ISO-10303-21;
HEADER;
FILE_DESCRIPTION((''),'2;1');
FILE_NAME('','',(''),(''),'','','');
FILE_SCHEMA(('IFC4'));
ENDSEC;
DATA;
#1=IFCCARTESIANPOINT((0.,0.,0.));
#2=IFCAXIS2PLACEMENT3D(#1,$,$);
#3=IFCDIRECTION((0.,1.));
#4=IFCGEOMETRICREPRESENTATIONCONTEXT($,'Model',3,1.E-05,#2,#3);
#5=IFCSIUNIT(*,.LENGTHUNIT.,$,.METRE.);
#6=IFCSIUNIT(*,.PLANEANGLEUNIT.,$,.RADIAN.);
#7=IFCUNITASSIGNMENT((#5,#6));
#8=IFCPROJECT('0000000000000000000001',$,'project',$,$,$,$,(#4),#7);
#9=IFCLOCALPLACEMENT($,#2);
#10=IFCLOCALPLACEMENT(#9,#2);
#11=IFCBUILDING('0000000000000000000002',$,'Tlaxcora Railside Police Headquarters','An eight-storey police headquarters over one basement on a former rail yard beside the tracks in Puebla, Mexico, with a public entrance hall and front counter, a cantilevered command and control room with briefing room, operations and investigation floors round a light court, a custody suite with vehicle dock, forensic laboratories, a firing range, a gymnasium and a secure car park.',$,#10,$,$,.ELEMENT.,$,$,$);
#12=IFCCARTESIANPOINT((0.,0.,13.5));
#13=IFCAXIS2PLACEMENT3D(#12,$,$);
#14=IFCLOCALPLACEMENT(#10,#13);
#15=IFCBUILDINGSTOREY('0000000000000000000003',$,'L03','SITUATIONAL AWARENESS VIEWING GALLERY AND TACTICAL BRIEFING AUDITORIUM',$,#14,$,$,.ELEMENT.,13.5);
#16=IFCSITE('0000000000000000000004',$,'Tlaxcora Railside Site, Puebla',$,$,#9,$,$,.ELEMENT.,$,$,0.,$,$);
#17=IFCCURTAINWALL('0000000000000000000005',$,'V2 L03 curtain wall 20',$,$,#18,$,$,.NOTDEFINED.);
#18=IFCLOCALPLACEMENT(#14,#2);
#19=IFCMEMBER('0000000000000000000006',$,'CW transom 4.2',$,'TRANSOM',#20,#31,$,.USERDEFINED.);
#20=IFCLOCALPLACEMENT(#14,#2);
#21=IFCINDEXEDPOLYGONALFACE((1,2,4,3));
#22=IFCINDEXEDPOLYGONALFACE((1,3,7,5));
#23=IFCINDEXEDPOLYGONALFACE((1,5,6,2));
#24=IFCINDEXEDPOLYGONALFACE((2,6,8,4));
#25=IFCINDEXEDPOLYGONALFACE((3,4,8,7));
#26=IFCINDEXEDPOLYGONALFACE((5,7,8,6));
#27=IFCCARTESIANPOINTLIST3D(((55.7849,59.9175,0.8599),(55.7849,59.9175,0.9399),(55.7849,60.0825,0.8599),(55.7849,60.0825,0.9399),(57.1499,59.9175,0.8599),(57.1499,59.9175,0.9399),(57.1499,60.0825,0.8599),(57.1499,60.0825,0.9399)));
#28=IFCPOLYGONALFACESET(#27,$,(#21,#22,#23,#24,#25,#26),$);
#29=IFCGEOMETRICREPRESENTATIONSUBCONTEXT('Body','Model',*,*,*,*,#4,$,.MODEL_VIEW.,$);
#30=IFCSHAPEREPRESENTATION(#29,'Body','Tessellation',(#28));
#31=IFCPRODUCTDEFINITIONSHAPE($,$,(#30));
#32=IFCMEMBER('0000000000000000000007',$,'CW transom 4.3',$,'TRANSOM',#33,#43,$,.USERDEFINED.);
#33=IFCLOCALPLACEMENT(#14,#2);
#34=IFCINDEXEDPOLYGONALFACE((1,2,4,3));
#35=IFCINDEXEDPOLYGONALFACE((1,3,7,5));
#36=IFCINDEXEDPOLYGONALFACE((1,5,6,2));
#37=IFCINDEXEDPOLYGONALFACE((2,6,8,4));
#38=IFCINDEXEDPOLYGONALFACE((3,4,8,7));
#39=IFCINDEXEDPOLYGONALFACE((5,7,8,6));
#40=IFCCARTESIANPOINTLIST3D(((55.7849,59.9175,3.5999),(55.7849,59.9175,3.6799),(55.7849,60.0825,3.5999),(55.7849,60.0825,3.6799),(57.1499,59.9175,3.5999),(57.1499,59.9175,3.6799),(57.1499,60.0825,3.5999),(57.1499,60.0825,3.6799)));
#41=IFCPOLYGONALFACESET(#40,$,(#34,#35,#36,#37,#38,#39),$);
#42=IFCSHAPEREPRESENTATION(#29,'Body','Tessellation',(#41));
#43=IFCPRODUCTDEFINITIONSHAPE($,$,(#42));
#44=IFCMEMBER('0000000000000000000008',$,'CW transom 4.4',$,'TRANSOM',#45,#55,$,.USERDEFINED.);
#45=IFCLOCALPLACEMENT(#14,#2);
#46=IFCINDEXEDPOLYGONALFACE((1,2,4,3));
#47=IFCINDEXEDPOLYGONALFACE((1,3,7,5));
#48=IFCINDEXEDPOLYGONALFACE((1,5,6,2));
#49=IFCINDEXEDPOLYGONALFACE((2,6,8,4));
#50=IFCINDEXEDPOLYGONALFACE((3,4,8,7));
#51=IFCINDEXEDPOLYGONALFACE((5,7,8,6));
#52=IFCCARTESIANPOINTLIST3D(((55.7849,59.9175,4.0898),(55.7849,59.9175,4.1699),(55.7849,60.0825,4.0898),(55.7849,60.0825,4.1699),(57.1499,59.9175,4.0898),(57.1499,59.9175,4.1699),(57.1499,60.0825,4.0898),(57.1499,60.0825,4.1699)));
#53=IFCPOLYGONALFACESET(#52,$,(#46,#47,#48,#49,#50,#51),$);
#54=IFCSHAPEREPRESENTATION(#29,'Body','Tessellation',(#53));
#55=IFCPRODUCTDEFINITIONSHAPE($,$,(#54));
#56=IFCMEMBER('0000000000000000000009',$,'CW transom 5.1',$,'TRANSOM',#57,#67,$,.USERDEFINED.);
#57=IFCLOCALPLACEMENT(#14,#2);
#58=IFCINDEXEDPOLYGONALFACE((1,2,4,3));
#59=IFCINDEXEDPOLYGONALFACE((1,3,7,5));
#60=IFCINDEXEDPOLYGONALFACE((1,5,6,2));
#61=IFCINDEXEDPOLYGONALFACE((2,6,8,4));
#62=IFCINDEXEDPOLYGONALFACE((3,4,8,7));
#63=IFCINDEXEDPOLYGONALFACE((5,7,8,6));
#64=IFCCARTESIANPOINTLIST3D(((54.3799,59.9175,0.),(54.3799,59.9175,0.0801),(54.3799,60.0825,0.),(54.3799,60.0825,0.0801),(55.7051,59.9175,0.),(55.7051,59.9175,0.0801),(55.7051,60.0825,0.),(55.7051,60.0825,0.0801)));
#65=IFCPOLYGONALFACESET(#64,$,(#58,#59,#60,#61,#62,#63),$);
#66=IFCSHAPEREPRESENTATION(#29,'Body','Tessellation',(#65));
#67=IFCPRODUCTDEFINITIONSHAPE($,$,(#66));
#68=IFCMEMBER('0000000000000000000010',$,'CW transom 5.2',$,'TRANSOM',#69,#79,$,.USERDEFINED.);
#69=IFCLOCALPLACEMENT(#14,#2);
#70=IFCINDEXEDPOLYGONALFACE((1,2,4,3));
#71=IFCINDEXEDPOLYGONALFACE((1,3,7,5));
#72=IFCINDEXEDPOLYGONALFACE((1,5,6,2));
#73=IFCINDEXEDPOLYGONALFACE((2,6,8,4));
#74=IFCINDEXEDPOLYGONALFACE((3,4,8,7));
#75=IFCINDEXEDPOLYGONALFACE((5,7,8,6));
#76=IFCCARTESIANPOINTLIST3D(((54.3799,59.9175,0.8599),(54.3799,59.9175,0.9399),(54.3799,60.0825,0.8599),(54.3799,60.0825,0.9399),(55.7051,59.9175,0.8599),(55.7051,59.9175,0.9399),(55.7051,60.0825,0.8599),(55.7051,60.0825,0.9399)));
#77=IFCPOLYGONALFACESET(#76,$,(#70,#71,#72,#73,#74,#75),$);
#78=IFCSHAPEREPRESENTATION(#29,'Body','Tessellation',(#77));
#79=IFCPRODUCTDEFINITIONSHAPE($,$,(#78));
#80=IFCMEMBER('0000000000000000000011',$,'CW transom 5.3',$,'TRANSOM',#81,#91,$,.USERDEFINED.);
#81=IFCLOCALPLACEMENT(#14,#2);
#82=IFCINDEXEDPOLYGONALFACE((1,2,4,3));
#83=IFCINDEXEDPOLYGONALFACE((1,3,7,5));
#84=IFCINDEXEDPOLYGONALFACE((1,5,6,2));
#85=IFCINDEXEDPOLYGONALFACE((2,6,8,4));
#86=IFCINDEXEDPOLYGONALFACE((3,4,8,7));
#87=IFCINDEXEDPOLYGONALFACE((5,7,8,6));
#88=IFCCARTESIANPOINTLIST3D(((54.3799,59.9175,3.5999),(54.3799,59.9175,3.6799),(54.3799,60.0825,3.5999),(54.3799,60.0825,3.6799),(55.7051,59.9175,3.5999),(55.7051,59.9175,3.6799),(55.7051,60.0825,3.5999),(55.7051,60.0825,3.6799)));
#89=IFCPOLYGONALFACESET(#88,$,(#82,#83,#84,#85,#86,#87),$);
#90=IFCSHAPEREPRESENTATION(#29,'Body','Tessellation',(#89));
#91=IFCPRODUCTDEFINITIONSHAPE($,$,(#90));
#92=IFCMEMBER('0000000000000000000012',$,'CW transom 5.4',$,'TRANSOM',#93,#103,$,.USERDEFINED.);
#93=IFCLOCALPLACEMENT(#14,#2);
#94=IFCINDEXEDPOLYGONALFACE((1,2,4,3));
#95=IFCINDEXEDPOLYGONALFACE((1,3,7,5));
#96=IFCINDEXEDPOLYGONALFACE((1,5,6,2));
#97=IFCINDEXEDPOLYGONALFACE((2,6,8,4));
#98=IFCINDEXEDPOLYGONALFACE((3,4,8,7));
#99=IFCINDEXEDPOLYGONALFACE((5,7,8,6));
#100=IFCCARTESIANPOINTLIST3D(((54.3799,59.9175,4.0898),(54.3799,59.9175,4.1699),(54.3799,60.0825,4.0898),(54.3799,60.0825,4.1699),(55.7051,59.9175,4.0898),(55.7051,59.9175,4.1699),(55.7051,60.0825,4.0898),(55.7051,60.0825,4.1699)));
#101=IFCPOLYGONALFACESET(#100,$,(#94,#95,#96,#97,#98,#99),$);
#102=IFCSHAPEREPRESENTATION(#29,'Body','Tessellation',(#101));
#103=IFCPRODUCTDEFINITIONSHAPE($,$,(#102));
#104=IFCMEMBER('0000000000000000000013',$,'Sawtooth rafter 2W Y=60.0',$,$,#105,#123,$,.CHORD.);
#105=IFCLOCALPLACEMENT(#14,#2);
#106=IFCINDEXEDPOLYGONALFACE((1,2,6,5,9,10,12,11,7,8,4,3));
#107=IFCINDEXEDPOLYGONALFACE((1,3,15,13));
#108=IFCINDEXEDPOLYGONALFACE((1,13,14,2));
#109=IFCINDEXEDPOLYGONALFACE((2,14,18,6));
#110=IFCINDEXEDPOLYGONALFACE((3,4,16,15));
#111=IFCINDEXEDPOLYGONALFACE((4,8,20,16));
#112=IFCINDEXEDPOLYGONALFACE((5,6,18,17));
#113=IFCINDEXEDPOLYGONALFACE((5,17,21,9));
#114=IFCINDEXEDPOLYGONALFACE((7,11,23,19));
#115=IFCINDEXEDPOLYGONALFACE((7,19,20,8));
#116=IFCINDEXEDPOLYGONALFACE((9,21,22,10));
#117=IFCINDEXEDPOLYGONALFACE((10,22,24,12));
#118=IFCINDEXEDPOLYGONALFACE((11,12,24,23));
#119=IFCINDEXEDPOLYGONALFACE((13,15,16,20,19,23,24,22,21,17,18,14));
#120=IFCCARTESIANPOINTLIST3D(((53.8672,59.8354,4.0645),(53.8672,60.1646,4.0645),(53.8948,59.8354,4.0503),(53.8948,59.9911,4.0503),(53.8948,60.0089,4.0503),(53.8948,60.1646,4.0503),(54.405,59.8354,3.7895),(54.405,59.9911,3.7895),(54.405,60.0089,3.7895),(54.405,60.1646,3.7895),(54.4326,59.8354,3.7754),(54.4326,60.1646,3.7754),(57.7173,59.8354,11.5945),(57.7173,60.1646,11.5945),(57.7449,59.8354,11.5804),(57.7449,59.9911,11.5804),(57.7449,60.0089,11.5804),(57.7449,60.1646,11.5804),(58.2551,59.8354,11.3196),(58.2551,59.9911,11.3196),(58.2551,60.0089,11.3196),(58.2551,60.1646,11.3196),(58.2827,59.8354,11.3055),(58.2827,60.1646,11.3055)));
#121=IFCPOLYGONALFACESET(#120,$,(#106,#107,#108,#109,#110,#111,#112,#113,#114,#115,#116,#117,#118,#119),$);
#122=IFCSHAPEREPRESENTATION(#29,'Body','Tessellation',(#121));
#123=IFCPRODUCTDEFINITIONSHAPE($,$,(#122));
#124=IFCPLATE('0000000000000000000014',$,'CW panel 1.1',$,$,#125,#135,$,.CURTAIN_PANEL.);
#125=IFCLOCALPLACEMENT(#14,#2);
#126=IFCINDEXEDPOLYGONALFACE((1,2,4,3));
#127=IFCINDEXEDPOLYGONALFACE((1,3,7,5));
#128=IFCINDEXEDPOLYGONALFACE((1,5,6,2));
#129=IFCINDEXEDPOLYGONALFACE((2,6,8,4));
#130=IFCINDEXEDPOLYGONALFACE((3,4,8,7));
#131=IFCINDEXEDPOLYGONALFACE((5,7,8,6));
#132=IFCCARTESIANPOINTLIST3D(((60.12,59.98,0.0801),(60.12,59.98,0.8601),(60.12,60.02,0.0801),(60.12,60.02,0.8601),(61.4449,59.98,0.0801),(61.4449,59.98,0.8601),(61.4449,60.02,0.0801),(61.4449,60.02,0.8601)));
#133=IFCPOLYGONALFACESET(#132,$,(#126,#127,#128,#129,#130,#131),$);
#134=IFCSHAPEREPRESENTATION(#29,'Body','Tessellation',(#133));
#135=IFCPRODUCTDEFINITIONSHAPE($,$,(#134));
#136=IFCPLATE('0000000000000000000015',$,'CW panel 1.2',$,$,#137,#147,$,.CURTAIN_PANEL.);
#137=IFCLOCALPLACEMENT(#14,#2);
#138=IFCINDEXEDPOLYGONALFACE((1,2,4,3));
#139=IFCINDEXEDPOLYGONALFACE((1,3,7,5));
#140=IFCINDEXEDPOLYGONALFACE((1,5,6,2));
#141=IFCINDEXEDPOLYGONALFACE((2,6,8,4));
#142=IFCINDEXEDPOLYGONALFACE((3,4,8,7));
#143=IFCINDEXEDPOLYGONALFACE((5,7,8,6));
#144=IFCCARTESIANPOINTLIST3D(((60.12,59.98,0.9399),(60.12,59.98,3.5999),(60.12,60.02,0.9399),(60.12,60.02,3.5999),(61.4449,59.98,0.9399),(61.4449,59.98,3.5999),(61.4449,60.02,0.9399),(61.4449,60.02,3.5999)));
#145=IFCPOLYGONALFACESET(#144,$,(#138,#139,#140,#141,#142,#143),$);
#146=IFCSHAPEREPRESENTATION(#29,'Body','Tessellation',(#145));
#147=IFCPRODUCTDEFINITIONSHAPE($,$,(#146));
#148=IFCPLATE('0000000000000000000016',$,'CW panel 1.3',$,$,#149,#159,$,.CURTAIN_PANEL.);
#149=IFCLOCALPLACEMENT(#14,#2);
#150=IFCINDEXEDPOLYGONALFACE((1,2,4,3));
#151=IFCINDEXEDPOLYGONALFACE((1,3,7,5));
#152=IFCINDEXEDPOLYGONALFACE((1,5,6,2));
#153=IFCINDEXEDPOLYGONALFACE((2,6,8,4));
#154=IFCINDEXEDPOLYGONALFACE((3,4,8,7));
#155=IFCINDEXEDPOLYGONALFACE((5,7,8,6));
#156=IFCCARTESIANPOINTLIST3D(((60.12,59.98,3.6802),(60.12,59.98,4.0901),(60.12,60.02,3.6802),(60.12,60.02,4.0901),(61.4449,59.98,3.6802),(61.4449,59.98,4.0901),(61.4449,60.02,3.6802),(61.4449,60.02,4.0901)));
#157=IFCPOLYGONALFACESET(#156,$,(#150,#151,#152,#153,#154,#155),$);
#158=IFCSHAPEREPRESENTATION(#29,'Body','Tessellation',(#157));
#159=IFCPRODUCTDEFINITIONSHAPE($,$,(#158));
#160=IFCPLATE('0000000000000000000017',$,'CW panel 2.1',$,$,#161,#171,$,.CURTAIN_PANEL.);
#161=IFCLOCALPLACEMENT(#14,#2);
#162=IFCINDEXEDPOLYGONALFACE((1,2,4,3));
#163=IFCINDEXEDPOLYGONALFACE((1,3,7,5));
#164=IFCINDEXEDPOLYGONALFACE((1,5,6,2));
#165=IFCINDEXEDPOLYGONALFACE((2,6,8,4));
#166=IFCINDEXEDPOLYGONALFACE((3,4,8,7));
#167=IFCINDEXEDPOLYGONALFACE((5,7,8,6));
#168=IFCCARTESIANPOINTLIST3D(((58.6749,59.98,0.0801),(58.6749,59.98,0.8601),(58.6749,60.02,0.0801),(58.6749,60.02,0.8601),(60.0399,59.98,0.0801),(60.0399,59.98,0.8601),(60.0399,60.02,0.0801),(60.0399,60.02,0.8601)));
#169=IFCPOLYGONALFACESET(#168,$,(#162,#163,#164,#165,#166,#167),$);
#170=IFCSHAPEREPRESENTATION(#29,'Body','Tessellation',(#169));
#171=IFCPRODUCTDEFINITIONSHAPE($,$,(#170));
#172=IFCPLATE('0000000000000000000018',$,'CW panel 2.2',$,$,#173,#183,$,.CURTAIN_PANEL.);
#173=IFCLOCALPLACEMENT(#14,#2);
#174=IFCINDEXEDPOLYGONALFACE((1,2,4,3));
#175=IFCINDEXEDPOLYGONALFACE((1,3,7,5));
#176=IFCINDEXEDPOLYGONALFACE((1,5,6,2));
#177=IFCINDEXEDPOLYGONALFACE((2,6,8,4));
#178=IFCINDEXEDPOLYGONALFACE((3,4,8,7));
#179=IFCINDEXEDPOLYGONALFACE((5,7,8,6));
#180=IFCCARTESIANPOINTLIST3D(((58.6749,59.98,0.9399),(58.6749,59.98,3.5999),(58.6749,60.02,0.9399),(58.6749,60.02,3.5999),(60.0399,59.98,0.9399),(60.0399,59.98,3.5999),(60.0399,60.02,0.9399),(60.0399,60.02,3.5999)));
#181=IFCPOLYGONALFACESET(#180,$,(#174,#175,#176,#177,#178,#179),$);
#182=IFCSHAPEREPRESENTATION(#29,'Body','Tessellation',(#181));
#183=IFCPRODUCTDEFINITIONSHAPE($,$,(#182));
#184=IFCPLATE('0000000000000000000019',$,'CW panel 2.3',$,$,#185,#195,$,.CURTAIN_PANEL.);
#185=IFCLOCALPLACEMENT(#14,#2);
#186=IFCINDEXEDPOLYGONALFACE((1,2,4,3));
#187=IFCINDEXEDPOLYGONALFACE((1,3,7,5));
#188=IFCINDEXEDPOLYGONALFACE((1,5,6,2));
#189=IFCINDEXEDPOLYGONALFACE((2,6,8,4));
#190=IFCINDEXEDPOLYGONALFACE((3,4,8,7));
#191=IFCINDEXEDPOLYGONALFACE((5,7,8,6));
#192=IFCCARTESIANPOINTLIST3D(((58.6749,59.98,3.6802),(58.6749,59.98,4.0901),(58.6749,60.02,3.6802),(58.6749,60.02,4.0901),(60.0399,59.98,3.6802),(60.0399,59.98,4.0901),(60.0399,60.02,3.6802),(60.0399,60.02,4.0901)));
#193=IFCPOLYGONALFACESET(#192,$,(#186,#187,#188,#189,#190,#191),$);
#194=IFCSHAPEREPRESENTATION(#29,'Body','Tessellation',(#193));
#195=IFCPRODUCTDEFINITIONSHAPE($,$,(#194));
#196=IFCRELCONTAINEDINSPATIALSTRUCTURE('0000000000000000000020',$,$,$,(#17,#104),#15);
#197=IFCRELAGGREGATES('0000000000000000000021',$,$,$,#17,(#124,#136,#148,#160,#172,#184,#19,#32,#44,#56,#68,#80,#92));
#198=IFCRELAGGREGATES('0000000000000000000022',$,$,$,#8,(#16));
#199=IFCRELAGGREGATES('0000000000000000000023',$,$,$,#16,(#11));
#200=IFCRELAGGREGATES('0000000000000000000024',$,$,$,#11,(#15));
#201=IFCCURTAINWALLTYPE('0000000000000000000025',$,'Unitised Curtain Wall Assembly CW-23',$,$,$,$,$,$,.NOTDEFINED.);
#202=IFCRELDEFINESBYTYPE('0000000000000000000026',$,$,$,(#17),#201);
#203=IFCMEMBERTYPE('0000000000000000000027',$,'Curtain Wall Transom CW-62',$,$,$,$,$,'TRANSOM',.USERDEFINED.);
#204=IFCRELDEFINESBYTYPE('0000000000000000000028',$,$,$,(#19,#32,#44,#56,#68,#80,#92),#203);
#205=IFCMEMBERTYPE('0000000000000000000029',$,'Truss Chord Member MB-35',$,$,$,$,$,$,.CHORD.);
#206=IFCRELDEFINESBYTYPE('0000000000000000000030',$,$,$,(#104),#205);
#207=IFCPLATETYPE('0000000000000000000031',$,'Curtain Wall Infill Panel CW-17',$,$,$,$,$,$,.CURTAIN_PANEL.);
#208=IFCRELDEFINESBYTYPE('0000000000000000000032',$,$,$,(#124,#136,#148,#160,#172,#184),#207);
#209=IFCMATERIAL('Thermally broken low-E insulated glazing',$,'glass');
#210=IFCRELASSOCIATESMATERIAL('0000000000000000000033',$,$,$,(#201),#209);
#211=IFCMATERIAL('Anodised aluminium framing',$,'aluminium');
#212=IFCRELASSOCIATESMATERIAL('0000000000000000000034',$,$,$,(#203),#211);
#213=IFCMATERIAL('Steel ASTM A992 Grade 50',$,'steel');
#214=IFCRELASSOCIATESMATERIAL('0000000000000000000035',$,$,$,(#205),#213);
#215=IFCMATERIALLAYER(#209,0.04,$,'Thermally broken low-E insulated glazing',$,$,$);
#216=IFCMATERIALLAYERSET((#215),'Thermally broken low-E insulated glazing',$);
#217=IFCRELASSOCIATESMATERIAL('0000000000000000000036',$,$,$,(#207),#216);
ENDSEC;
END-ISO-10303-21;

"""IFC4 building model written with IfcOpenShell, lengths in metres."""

from ifc_helpers import new_model, si_unit, direction, frame, origin, origin_2d, place, context, subcontext, project, spatial, rectangle, i_section, extrude, material, layer, layer_set, material_profile, profile_set, type_object, element, aggregate, save


model = new_model("IFC4")

# Units and contexts
model_context = context("Model", 3, precision=1e-05, world=origin(), true_north=direction((0.0, 1.0)))
body_context = subcontext(model_context, "Body", "Model", "MODEL_VIEW")
ifc_project = project(units=[si_unit("LENGTHUNIT", "METRE"), si_unit("PLANEANGLEUNIT", "RADIAN")], contexts=[model_context])

# Site, building, storey
site_placement = place(None, origin())
site = spatial("IfcSite", under=ifc_project, at=site_placement, Name="Tlaxcora Railside Site, Puebla", CompositionType="ELEMENT", RefElevation=0.0)
building_placement = place(site_placement, origin())
building = spatial("IfcBuilding", under=site, at=building_placement, Name="Tlaxcora Railside Police Headquarters", Description="An eight-storey police headquarters over one basement on a former rail yard beside the tracks in Puebla, Mexico, with a public entrance hall and front counter, a cantilevered command and control room with briefing room, operations and investigation floors round a light court, a custody suite with vehicle dock, forensic laboratories, a firing range, a gymnasium and a secure car park.", CompositionType="ELEMENT")
storey_placement = place(building_placement, frame((0.0, 0.0, 13.5)))
storey = spatial("IfcBuildingStorey", under=building, at=storey_placement, Name="L03", Description="SITUATIONAL AWARENESS VIEWING GALLERY AND TACTICAL BRIEFING AUDITORIUM", CompositionType="ELEMENT", Elevation=13.5)

# Curtain wall, members
ifc_material_1 = material(Name="Thermally broken low-E insulated glazing", Category="glass")
curtain_wall_type = type_object("IfcCurtainWallType", Name="Unitised Curtain Wall Assembly CW-23", PredefinedType="NOTDEFINED", material=ifc_material_1)
curtain_wall_placement = place(storey_placement, origin())
curtain_wall = element("IfcCurtainWall", 1, at=curtain_wall_placement, inside=storey, type_object=curtain_wall_type, Name="V2 L03 curtain wall 20", PredefinedType="NOTDEFINED")
ifc_material_2 = material(Name="Anodised aluminium framing", Category="aluminium")
ifc_material_profile_1 = material_profile(ifc_material_2, rectangle(XDim=0.165, YDim=0.0801, at=origin_2d()), Name="AL80X165")
ifc_profile_set_1 = profile_set([ifc_material_profile_1], Name="Anodised aluminium framing")
member_type_1 = type_object("IfcMemberType", Name="Curtain Wall Transom CW-62", ElementType="TRANSOM", PredefinedType="USERDEFINED", material=ifc_profile_set_1)
member_1_placement = place(storey_placement, frame((57.1499, 60.0, 0.8999), z_axis=(-1.0, 0.0, 0.0), x_axis=(0.0, -1.0, 0.0)))
member_1 = element("IfcMember", 2, at=member_1_placement, type_object=member_type_1, Name="CW transom 4.2", ObjectType="TRANSOM", PredefinedType="USERDEFINED", context=body_context, shape_type="SweptSolid", body=[
    extrude(rectangle(XDim=0.165, YDim=0.0801, at=origin_2d()), origin(), (0.0, 0.0, 1.0), 1.365),
])
member_2_placement = place(storey_placement, frame((57.1499, 60.0, 3.6399), z_axis=(-1.0, 0.0, 0.0), x_axis=(0.0, -1.0, 0.0)))
member_2 = element("IfcMember", 3, at=member_2_placement, type_object=member_type_1, Name="CW transom 4.3", ObjectType="TRANSOM", PredefinedType="USERDEFINED", context=body_context, shape_type="SweptSolid", body=[
    extrude(rectangle(XDim=0.165, YDim=0.0801, at=origin_2d()), origin(), (0.0, 0.0, 1.0), 1.365),
])
member_3_placement = place(storey_placement, frame((57.1499, 60.0, 4.1299), z_axis=(-1.0, 0.0, 0.0), x_axis=(0.0, -1.0, 0.0)))
member_3 = element("IfcMember", 4, at=member_3_placement, type_object=member_type_1, Name="CW transom 4.4", ObjectType="TRANSOM", PredefinedType="USERDEFINED", context=body_context, shape_type="SweptSolid", body=[
    extrude(rectangle(XDim=0.165, YDim=0.0801, at=origin_2d()), origin(), (0.0, 0.0, 1.0), 1.365),
])
member_4_placement = place(storey_placement, frame((55.7051, 60.0, 0.04), z_axis=(-1.0, 0.0, 0.0), x_axis=(0.0, -1.0, 0.0)))
member_4 = element("IfcMember", 5, at=member_4_placement, type_object=member_type_1, Name="CW transom 5.1", ObjectType="TRANSOM", PredefinedType="USERDEFINED", context=body_context, shape_type="SweptSolid", body=[
    extrude(rectangle(XDim=0.165, YDim=0.0801, at=origin_2d()), origin(), (0.0, 0.0, 1.0), 1.3252),
])
member_5_placement = place(storey_placement, frame((55.7051, 60.0, 0.8999), z_axis=(-1.0, 0.0, 0.0), x_axis=(0.0, -1.0, 0.0)))
member_5 = element("IfcMember", 6, at=member_5_placement, type_object=member_type_1, Name="CW transom 5.2", ObjectType="TRANSOM", PredefinedType="USERDEFINED", context=body_context, shape_type="SweptSolid", body=[
    extrude(rectangle(XDim=0.165, YDim=0.0801, at=origin_2d()), origin(), (0.0, 0.0, 1.0), 1.3252),
])
member_6_placement = place(storey_placement, frame((55.7051, 60.0, 3.6399), z_axis=(-1.0, 0.0, 0.0), x_axis=(0.0, -1.0, 0.0)))
member_6 = element("IfcMember", 7, at=member_6_placement, type_object=member_type_1, Name="CW transom 5.3", ObjectType="TRANSOM", PredefinedType="USERDEFINED", context=body_context, shape_type="SweptSolid", body=[
    extrude(rectangle(XDim=0.165, YDim=0.0801, at=origin_2d()), origin(), (0.0, 0.0, 1.0), 1.3252),
])
member_7_placement = place(storey_placement, frame((55.7051, 60.0, 4.1299), z_axis=(-1.0, 0.0, 0.0), x_axis=(0.0, -1.0, 0.0)))
member_7 = element("IfcMember", 8, at=member_7_placement, type_object=member_type_1, Name="CW transom 5.4", ObjectType="TRANSOM", PredefinedType="USERDEFINED", context=body_context, shape_type="SweptSolid", body=[
    extrude(rectangle(XDim=0.165, YDim=0.0801, at=origin_2d()), origin(), (0.0, 0.0, 1.0), 1.3252),
])

# Member
ifc_material_3 = material(Name="Steel ASTM A992 Grade 50", Category="steel")
ifc_material_profile_2 = material_profile(ifc_material_3, i_section(OverallWidth=0.3291, OverallDepth=0.635, WebThickness=0.0178, FlangeThickness=0.031, at=origin_2d()), Name="W24X162")
ifc_profile_set_2 = profile_set([ifc_material_profile_2], Name="Steel ASTM A992 Grade 50")
member_type_2 = type_object("IfcMemberType", Name="Truss Chord Member MB-35", PredefinedType="CHORD", material=ifc_profile_set_2)
member_8_placement = place(storey_placement, frame((54.1499, 60.0, 3.9199), z_axis=(0.455244, 0.0, 0.890367), x_axis=(0.0, 1.0, 0.0)))
element("IfcMember", 9, at=member_8_placement, inside=storey, type_object=member_type_2, Name="Sawtooth rafter 2W Y=60.0", PredefinedType="CHORD", context=body_context, shape_type="SweptSolid", body=[
    extrude(i_section(OverallWidth=0.3291, OverallDepth=0.635, WebThickness=0.0178, FlangeThickness=0.031, at=origin_2d()), origin(), (0.0, 0.0, 1.0), 8.4573),
])

# Plates
ifc_layer_1 = layer(ifc_material_1, 0.04, Name="Thermally broken low-E insulated glazing")
ifc_layer_set_1 = layer_set([ifc_layer_1], Name="Thermally broken low-E insulated glazing")
plate_type = type_object("IfcPlateType", Name="Curtain Wall Infill Panel CW-17", PredefinedType="CURTAIN_PANEL", material=ifc_layer_set_1)
plate_1_placement = place(storey_placement, frame((60.7825, 60.0, 0.0801), z_axis=(0.0, 0.0, 1.0), x_axis=(-1.0, 0.0, 0.0)))
plate_1 = element("IfcPlate", 10, at=plate_1_placement, type_object=plate_type, Name="CW panel 1.1", PredefinedType="CURTAIN_PANEL", context=body_context, shape_type="SweptSolid", body=[
    extrude(rectangle(XDim=1.325, YDim=0.04, at=origin_2d()), origin(), (0.0, 0.0, 1.0), 0.78),
])
plate_2_placement = place(storey_placement, frame((60.7825, 60.0, 0.9399), z_axis=(0.0, 0.0, 1.0), x_axis=(-1.0, 0.0, 0.0)))
plate_2 = element("IfcPlate", 11, at=plate_2_placement, type_object=plate_type, Name="CW panel 1.2", PredefinedType="CURTAIN_PANEL", context=body_context, shape_type="SweptSolid", body=[
    extrude(rectangle(XDim=1.325, YDim=0.04, at=origin_2d()), origin(), (0.0, 0.0, 1.0), 2.6599),
])
plate_3_placement = place(storey_placement, frame((60.7825, 60.0, 3.6802), z_axis=(0.0, 0.0, 1.0), x_axis=(-1.0, 0.0, 0.0)))
plate_3 = element("IfcPlate", 12, at=plate_3_placement, type_object=plate_type, Name="CW panel 1.3", PredefinedType="CURTAIN_PANEL", context=body_context, shape_type="SweptSolid", body=[
    extrude(rectangle(XDim=1.325, YDim=0.04, at=origin_2d()), origin(), (0.0, 0.0, 1.0), 0.4099),
])
plate_4_placement = place(storey_placement, frame((59.3574, 60.0, 0.0801), z_axis=(0.0, 0.0, 1.0), x_axis=(-1.0, 0.0, 0.0)))
plate_4 = element("IfcPlate", 13, at=plate_4_placement, type_object=plate_type, Name="CW panel 2.1", PredefinedType="CURTAIN_PANEL", context=body_context, shape_type="SweptSolid", body=[
    extrude(rectangle(XDim=1.365, YDim=0.04, at=origin_2d()), origin(), (0.0, 0.0, 1.0), 0.78),
])
plate_5_placement = place(storey_placement, frame((59.3574, 60.0, 0.9399), z_axis=(0.0, 0.0, 1.0), x_axis=(-1.0, 0.0, 0.0)))
plate_5 = element("IfcPlate", 14, at=plate_5_placement, type_object=plate_type, Name="CW panel 2.2", PredefinedType="CURTAIN_PANEL", context=body_context, shape_type="SweptSolid", body=[
    extrude(rectangle(XDim=1.365, YDim=0.04, at=origin_2d()), origin(), (0.0, 0.0, 1.0), 2.6599),
])
plate_6_placement = place(storey_placement, frame((59.3574, 60.0, 3.6802), z_axis=(0.0, 0.0, 1.0), x_axis=(-1.0, 0.0, 0.0)))
plate_6 = element("IfcPlate", 15, at=plate_6_placement, type_object=plate_type, Name="CW panel 2.3", PredefinedType="CURTAIN_PANEL", context=body_context, shape_type="SweptSolid", body=[
    extrude(rectangle(XDim=1.365, YDim=0.04, at=origin_2d()), origin(), (0.0, 0.0, 1.0), 0.4099),
])
aggregate(curtain_wall, [plate_1, plate_2, plate_3, plate_4, plate_5, plate_6, member_1, member_2, member_3, member_4, member_5, member_6, member_7])

save(model, "model.ifc")
